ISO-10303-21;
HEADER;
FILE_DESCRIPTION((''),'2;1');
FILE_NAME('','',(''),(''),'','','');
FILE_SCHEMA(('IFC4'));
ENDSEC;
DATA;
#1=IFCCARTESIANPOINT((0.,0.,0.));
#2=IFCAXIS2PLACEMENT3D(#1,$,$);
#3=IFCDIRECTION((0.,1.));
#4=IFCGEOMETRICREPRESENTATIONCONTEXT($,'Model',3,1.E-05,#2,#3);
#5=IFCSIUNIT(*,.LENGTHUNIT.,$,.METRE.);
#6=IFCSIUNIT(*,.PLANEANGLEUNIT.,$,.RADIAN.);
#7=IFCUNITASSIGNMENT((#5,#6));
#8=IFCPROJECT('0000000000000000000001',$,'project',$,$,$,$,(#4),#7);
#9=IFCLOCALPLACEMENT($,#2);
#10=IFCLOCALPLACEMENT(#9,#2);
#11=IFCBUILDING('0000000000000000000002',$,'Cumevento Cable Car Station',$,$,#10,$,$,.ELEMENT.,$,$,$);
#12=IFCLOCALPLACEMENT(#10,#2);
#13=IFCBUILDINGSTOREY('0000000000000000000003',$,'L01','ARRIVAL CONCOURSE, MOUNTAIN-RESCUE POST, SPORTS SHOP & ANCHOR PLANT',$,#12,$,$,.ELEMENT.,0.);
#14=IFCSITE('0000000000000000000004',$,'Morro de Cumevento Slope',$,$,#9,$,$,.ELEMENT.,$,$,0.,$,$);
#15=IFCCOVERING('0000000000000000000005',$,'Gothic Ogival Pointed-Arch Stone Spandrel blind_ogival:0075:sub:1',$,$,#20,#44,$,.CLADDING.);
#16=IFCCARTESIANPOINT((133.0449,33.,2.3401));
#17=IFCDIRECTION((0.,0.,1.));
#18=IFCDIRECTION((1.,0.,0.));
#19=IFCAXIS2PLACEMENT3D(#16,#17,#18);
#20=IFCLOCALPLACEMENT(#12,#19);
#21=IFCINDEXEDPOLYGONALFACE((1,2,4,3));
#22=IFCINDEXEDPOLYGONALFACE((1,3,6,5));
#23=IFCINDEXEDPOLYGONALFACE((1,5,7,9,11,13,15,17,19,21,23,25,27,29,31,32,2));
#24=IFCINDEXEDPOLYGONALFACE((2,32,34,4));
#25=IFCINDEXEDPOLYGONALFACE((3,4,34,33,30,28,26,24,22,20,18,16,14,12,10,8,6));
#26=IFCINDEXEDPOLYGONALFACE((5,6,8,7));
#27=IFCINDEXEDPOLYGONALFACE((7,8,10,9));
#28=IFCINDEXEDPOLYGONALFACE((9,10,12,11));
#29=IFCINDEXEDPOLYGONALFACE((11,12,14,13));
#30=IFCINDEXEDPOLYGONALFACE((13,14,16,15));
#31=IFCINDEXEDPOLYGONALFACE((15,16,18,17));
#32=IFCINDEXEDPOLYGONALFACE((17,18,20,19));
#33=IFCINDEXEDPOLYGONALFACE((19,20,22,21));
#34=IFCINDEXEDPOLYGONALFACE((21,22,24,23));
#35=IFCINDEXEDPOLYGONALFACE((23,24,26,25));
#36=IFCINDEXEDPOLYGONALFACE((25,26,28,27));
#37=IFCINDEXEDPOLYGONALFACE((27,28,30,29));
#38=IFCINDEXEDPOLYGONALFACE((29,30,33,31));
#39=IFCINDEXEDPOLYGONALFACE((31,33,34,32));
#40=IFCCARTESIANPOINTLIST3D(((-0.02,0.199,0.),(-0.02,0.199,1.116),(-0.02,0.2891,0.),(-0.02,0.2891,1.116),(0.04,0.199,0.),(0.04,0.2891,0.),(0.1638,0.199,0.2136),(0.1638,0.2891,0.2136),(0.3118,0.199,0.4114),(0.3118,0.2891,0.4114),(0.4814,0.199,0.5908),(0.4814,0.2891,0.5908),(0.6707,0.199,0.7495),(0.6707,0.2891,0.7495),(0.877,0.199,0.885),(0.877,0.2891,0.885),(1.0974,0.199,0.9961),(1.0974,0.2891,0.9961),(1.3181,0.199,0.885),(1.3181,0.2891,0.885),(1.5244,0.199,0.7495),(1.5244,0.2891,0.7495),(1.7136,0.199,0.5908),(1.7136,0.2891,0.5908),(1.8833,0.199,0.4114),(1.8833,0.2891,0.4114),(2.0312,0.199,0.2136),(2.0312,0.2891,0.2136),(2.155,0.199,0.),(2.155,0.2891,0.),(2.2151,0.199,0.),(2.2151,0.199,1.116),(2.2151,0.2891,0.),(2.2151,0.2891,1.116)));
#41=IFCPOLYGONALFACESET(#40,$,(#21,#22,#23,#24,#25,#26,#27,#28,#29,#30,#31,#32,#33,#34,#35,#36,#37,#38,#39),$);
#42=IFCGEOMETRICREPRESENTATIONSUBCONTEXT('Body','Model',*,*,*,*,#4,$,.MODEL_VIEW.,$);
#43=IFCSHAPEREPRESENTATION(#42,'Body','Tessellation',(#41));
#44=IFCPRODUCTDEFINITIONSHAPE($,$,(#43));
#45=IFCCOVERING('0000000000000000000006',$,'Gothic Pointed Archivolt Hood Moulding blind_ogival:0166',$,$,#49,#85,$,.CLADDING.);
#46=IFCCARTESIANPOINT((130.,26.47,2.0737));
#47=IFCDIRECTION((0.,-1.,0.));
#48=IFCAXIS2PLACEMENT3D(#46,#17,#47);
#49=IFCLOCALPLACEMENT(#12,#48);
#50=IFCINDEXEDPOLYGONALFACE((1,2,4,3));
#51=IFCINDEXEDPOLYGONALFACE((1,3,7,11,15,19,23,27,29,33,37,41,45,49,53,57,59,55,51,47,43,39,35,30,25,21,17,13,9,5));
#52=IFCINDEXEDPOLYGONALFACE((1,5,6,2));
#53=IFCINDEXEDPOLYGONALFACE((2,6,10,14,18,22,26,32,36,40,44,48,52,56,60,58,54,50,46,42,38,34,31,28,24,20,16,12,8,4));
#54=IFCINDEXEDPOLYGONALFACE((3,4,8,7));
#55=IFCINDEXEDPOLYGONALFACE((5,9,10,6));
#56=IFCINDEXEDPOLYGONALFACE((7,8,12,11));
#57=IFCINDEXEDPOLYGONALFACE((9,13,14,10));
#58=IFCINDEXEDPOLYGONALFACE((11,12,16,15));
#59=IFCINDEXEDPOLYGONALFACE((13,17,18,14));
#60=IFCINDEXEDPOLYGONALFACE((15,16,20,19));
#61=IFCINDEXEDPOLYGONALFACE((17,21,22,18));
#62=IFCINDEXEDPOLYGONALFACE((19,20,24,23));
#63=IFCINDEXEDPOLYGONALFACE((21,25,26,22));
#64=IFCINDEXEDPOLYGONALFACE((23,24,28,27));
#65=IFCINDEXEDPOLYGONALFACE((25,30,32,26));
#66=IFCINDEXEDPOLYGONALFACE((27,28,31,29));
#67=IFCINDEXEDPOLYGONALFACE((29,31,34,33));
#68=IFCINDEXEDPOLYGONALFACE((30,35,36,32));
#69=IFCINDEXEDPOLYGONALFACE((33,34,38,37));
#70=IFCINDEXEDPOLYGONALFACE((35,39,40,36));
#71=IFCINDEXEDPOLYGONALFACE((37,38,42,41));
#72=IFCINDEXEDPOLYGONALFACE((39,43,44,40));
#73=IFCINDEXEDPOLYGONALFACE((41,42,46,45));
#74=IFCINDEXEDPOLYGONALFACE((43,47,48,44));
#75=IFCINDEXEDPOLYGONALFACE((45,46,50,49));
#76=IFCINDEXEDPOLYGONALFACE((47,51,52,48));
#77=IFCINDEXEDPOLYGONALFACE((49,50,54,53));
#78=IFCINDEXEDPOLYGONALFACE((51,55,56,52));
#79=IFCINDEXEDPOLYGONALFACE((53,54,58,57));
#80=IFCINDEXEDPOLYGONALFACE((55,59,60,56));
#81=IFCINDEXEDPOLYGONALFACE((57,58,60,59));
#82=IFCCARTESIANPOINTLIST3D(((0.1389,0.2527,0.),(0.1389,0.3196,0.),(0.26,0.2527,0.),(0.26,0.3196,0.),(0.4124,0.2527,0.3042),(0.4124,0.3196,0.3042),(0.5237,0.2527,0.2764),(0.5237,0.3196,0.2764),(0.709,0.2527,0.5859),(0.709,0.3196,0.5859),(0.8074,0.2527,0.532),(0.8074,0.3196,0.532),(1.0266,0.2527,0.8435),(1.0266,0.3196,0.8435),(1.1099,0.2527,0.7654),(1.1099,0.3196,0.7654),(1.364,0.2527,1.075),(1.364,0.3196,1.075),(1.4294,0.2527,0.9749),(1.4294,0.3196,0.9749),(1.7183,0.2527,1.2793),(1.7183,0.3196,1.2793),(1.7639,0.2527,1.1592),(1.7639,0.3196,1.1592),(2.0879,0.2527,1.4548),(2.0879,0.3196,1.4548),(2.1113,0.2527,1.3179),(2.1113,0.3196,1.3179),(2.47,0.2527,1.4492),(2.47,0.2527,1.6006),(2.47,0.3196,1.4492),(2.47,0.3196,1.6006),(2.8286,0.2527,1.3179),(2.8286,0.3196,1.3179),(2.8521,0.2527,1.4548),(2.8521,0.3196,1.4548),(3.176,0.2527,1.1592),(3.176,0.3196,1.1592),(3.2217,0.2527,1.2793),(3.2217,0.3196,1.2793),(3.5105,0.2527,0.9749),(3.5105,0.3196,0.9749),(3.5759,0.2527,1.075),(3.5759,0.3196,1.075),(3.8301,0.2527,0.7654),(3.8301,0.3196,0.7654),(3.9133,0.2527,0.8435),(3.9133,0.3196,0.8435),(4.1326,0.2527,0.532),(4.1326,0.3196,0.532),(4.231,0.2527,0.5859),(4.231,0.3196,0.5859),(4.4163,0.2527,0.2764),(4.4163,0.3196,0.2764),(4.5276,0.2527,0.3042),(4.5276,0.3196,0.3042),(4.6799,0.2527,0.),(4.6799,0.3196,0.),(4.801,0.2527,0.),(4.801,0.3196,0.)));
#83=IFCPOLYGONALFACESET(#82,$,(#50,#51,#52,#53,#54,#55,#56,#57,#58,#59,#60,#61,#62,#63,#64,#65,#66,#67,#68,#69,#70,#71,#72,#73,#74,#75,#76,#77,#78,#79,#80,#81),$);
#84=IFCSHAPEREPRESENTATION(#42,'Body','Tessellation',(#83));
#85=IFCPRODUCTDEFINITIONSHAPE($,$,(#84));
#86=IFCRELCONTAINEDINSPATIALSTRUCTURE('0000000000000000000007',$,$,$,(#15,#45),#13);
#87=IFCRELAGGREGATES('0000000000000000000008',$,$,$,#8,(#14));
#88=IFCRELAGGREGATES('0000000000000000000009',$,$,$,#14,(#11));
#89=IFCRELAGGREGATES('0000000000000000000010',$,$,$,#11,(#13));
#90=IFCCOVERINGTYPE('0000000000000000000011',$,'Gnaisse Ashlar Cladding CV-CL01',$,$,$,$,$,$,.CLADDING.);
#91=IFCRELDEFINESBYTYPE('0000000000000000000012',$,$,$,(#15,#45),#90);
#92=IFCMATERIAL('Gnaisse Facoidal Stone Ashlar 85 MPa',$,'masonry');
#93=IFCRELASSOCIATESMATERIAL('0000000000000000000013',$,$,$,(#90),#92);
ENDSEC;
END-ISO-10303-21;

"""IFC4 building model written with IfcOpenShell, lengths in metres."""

from ifc_helpers import new_model, si_unit, direction, frame, origin, place, context, subcontext, project, spatial, polyline, outline, extrude, material, type_object, element, save


model = new_model("IFC4")

# Units and contexts
model_context = context("Model", 3, precision=1e-05, world=origin(), true_north=direction((0.0, 1.0)))
body_context = subcontext(model_context, "Body", "Model", "MODEL_VIEW")
ifc_project = project(units=[si_unit("LENGTHUNIT", "METRE"), si_unit("PLANEANGLEUNIT", "RADIAN")], contexts=[model_context])

# Site, building, storey
site_placement = place(None, origin())
site = spatial("IfcSite", under=ifc_project, at=site_placement, Name="Morro de Cumevento Slope", CompositionType="ELEMENT", RefElevation=0.0)
building_placement = place(site_placement, origin())
building = spatial("IfcBuilding", under=site, at=building_placement, Name="Cumevento Cable Car Station", CompositionType="ELEMENT")
storey_placement = place(building_placement, origin())
storey = spatial("IfcBuildingStorey", under=building, at=storey_placement, Name="L01", Description="ARRIVAL CONCOURSE, MOUNTAIN-RESCUE POST, SPORTS SHOP & ANCHOR PLANT", CompositionType="ELEMENT", Elevation=0.0)

# Coverings
ifc_material_1 = material(Name="Gnaisse Facoidal Stone Ashlar 85 MPa", Category="masonry")
covering_type = type_object("IfcCoveringType", Name="Gnaisse Ashlar Cladding CV-CL01", PredefinedType="CLADDING", material=ifc_material_1)
for number, where, z_axis, x_axis, name in (
    (1, (133.0449, 33.0, 2.3401), (0.0, 0.0, 1.0), (1.0, 0.0, 0.0), "Gothic Ogival Pointed-Arch Stone Spandrel blind_ogival:0075:sub:1"),
):
    element("IfcCovering", number, at=place(storey_placement, frame(where, z_axis=z_axis, x_axis=x_axis)), inside=storey, type_object=covering_type, Name=name, PredefinedType="CLADDING", context=body_context, shape_type="SweptSolid", body=[
        extrude(outline(polyline([(-0.02, 0.0), (-0.02, 1.116), (2.2151, 1.116), (2.2151, 0.0), (2.155, 0.0), (2.0312, 0.2136), (1.8833, 0.4114), (1.7136, 0.5908), (1.5244, 0.7495), (1.3181, 0.885), (1.0974, 0.9961), (0.877, 0.885), (0.6707, 0.7495), (0.4814, 0.5908), (0.3118, 0.4114), (0.1638, 0.2136), (0.04, 0.0), (-0.02, 0.0)])), frame((0.0, 0.2891, 0.0), z_axis=(0.0, -1.0, 0.0), x_axis=(1.0, 0.0, 0.0)), (0.0, 0.0, 1.0), 0.0901),
    ])
covering_1_placement = place(storey_placement, frame((130.0, 26.47, 2.0737), z_axis=(0.0, 0.0, 1.0), x_axis=(0.0, -1.0, 0.0)))
element("IfcCovering", 2, at=covering_1_placement, inside=storey, type_object=covering_type, Name="Gothic Pointed Archivolt Hood Moulding blind_ogival:0166", PredefinedType="CLADDING", context=body_context, shape_type="SweptSolid", body=[
    extrude(outline(polyline([(0.26, 0.0), (0.5237, 0.2764), (0.8074, 0.532), (1.1099, 0.7654), (1.4294, 0.9749), (1.7639, 1.1592), (2.1113, 1.3179), (2.47, 1.4492), (2.8286, 1.3179), (3.176, 1.1592), (3.5105, 0.9749), (3.8301, 0.7654), (4.1326, 0.532), (4.4163, 0.2764), (4.6799, 0.0), (4.801, 0.0), (4.5276, 0.3042), (4.231, 0.5859), (3.9133, 0.8435), (3.5759, 1.075), (3.2217, 1.2793), (2.8521, 1.4548), (2.47, 1.6006), (2.0879, 1.4548), (1.7183, 1.2793), (1.364, 1.075), (1.0266, 0.8435), (0.709, 0.5859), (0.4124, 0.3042), (0.1389, 0.0), (0.26, 0.0)])), frame((0.0, 0.3196, 0.0), z_axis=(0.0, -1.0, 0.0), x_axis=(1.0, 0.0, 0.0)), (0.0, 0.0, 1.0), 0.0669),
])

save(model, "model.ifc")
